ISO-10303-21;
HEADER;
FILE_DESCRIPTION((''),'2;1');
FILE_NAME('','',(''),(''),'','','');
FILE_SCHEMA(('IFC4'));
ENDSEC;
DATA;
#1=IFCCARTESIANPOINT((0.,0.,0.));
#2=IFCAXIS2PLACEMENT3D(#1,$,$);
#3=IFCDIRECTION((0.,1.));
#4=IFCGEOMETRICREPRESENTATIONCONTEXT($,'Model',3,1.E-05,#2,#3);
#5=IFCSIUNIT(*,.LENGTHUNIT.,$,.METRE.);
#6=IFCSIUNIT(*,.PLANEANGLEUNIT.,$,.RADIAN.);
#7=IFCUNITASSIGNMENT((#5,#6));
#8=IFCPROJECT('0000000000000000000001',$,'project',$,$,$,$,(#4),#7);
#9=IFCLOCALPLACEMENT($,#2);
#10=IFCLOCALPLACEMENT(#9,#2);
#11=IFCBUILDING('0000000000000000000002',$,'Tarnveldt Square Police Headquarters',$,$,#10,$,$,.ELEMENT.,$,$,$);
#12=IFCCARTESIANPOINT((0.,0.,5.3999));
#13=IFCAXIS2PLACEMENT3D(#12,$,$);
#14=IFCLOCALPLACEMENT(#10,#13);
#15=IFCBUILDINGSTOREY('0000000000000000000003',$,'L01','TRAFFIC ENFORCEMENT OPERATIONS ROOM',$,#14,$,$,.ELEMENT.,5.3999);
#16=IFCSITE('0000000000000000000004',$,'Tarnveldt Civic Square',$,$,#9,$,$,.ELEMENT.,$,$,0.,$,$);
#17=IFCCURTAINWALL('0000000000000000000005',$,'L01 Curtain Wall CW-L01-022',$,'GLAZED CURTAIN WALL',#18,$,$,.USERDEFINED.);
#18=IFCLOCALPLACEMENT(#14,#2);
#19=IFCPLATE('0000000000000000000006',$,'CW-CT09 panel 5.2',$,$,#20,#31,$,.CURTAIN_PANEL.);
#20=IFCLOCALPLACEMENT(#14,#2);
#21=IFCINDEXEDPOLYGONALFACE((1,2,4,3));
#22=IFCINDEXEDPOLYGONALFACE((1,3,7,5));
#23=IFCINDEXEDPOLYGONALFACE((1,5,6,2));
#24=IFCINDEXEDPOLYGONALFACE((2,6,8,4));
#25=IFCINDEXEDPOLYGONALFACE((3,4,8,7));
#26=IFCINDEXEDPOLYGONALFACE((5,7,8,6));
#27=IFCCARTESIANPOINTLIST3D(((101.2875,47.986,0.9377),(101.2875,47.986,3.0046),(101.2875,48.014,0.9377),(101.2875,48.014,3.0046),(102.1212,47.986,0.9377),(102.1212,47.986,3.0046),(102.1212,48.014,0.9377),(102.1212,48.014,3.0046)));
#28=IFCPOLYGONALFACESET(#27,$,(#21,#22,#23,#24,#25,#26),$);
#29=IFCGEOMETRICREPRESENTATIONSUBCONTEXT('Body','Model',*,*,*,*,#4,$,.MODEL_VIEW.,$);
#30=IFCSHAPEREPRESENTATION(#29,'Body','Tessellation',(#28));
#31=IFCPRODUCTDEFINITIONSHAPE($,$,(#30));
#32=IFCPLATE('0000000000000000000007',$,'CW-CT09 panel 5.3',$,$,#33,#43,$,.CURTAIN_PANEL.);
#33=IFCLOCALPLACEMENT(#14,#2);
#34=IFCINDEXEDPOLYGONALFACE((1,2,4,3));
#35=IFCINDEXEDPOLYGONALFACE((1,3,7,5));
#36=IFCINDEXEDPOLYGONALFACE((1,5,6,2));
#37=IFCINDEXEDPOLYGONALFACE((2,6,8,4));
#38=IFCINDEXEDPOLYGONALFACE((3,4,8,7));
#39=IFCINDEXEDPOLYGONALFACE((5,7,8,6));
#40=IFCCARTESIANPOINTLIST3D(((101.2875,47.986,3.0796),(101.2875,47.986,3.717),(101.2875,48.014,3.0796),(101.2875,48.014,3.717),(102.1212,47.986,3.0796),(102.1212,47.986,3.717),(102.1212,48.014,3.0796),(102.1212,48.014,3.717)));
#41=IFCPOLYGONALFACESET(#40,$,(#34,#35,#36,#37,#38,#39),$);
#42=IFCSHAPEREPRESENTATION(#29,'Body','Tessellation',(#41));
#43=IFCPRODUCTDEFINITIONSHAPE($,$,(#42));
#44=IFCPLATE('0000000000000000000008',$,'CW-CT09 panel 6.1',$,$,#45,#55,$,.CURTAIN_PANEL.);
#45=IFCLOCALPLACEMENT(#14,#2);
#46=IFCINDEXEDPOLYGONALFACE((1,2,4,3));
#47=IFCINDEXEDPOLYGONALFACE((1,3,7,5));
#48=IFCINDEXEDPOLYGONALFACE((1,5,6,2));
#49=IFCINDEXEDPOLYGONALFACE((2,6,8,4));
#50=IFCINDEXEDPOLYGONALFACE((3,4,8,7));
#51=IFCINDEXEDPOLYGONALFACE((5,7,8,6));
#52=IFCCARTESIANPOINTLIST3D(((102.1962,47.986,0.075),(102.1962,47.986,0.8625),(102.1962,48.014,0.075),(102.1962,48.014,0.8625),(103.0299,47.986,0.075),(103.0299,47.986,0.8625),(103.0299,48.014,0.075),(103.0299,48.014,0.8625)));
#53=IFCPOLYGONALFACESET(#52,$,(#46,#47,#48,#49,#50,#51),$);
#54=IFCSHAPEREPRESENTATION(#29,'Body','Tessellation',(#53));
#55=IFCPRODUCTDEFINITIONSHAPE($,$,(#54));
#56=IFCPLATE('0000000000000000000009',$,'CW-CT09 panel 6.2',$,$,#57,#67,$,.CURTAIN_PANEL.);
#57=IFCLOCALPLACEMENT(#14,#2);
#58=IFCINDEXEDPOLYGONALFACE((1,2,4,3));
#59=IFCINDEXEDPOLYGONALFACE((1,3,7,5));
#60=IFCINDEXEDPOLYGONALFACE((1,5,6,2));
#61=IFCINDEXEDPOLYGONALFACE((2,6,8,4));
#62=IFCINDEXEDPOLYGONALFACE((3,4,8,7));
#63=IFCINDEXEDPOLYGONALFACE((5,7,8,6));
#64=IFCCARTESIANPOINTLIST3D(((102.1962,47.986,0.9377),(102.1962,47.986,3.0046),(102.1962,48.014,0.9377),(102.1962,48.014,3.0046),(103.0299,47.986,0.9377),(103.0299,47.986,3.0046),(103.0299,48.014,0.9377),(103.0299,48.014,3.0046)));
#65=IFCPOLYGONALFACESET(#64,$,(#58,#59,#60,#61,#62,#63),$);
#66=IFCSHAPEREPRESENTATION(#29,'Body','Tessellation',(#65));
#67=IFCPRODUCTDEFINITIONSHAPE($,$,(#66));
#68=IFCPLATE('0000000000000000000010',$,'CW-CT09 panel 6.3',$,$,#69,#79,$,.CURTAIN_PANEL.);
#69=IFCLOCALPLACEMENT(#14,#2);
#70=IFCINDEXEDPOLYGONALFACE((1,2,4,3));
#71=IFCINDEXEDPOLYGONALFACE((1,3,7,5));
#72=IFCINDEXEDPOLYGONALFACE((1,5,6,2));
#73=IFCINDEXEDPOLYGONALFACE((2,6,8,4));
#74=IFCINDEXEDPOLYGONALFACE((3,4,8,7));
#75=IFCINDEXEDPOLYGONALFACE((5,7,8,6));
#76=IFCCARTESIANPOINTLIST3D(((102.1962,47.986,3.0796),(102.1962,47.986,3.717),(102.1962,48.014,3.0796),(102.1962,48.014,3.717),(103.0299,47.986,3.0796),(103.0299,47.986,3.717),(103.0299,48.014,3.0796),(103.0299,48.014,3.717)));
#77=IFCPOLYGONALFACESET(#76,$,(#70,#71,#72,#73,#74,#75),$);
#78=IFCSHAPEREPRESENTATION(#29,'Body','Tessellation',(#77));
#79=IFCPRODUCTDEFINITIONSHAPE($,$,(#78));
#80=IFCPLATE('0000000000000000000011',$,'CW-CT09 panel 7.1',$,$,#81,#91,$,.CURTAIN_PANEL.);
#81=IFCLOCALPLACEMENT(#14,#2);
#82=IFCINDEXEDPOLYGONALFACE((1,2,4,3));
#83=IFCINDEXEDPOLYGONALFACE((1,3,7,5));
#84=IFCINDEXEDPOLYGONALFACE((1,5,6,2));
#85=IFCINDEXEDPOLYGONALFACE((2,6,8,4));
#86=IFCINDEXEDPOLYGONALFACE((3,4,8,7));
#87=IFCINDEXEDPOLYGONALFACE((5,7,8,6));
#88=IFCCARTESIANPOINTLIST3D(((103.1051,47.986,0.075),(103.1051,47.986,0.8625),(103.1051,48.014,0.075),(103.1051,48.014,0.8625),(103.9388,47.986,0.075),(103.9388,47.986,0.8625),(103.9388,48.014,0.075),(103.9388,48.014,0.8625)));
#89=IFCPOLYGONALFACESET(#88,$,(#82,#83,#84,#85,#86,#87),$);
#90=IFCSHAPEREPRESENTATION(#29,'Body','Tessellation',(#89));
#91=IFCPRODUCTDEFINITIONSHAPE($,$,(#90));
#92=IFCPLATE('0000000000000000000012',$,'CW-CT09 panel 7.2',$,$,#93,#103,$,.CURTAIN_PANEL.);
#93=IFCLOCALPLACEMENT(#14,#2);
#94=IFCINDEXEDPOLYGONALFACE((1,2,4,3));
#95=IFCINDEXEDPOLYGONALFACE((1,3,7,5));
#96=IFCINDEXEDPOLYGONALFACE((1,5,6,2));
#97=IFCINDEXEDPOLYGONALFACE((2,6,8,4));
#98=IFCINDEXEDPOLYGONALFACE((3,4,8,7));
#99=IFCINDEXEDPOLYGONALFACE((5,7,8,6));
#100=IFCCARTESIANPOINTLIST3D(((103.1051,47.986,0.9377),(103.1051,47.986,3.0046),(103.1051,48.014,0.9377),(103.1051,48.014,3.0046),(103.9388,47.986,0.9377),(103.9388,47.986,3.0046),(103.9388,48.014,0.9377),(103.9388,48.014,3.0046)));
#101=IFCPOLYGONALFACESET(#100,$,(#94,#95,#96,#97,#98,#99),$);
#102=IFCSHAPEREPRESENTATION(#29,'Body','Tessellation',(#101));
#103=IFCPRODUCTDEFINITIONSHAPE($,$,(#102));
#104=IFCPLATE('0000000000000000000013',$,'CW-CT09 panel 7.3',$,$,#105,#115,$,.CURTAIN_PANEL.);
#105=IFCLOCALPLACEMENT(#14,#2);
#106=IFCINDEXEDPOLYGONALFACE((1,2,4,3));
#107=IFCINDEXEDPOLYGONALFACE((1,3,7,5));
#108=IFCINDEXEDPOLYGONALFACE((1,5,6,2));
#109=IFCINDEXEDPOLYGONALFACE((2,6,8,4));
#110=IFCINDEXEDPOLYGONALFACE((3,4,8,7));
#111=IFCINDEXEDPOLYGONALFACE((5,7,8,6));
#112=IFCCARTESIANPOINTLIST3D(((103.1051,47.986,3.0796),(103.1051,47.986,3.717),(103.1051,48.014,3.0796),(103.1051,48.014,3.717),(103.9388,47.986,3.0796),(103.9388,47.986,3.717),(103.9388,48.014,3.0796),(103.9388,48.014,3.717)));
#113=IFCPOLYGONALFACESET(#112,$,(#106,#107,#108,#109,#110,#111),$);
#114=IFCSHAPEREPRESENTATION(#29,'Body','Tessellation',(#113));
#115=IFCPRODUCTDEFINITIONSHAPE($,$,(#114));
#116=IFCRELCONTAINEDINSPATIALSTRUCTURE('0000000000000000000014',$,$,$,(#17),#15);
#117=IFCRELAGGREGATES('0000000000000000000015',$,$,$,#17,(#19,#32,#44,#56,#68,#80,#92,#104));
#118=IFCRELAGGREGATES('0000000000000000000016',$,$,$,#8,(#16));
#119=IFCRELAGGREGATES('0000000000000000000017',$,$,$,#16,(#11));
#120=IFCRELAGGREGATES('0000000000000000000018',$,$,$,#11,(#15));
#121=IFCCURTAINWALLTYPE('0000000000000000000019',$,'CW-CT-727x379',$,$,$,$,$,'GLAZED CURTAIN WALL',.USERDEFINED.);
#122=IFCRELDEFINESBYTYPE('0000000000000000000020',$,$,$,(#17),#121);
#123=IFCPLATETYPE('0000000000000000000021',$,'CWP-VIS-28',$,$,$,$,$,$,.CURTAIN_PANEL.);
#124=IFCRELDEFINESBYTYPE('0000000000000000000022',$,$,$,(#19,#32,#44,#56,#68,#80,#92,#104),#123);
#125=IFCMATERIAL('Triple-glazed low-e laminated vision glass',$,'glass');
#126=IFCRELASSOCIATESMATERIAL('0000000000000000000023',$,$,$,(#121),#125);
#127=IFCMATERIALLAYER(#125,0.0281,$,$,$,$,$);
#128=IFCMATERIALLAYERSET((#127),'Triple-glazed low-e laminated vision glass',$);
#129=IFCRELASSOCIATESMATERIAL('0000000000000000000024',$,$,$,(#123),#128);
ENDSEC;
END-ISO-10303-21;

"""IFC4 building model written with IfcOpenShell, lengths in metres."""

from ifc_helpers import new_model, si_unit, direction, frame, origin, origin_2d, place, context, subcontext, project, spatial, rectangle, extrude, material, layer, layer_set, type_object, element, aggregate, save


model = new_model("IFC4")

# Units and contexts
model_context = context("Model", 3, precision=1e-05, world=origin(), true_north=direction((0.0, 1.0)))
body_context = subcontext(model_context, "Body", "Model", "MODEL_VIEW")
ifc_project = project(units=[si_unit("LENGTHUNIT", "METRE"), si_unit("PLANEANGLEUNIT", "RADIAN")], contexts=[model_context])

# Site, building, storey
site_placement = place(None, origin())
site = spatial("IfcSite", under=ifc_project, at=site_placement, Name="Tarnveldt Civic Square", CompositionType="ELEMENT", RefElevation=0.0)
building_placement = place(site_placement, origin())
building = spatial("IfcBuilding", under=site, at=building_placement, Name="Tarnveldt Square Police Headquarters", CompositionType="ELEMENT")
storey_placement = place(building_placement, frame((0.0, 0.0, 5.3999)))
storey = spatial("IfcBuildingStorey", under=building, at=storey_placement, Name="L01", Description="TRAFFIC ENFORCEMENT OPERATIONS ROOM", CompositionType="ELEMENT", Elevation=5.3999)

# Curtain wall
ifc_material_1 = material(Name="Triple-glazed low-e laminated vision glass", Category="glass")
curtain_wall_type_1 = type_object("IfcCurtainWallType", Name="CW-CT-727x379", ElementType="GLAZED CURTAIN WALL", PredefinedType="USERDEFINED", material=ifc_material_1)
curtain_wall_1_placement = place(storey_placement, origin())
curtain_wall_1 = element("IfcCurtainWall", 1, at=curtain_wall_1_placement, inside=storey, type_object=curtain_wall_type_1, Name="L01 Curtain Wall CW-L01-022", ObjectType="GLAZED CURTAIN WALL", PredefinedType="USERDEFINED")

# Plates
ifc_layer = layer(ifc_material_1, 0.0281)
ifc_layer_set = layer_set([ifc_layer], Name="Triple-glazed low-e laminated vision glass")
plate_type = type_object("IfcPlateType", Name="CWP-VIS-28", PredefinedType="CURTAIN_PANEL", material=ifc_layer_set)
plate_1_placement = place(storey_placement, frame((101.7043, 48.0, 0.9377), z_axis=(0.0, 0.0, 1.0), x_axis=(1.0, 0.0, 0.0)))
plate_1 = element("IfcPlate", 2, at=plate_1_placement, type_object=plate_type, Name="CW-CT09 panel 5.2", PredefinedType="CURTAIN_PANEL", context=body_context, shape_type="SweptSolid", body=[
    extrude(rectangle(XDim=0.8337, YDim=0.0281, at=origin_2d()), origin(), (0.0, 0.0, 1.0), 2.0669),
])
plate_2_placement = place(storey_placement, frame((101.7043, 48.0, 3.0796), z_axis=(0.0, 0.0, 1.0), x_axis=(1.0, 0.0, 0.0)))
plate_2 = element("IfcPlate", 3, at=plate_2_placement, type_object=plate_type, Name="CW-CT09 panel 5.3", PredefinedType="CURTAIN_PANEL", context=body_context, shape_type="SweptSolid", body=[
    extrude(rectangle(XDim=0.8337, YDim=0.0281, at=origin_2d()), origin(), (0.0, 0.0, 1.0), 0.6375),
])
plate_3_placement = place(storey_placement, frame((102.613, 48.0, 0.075), z_axis=(0.0, 0.0, 1.0), x_axis=(1.0, 0.0, 0.0)))
plate_3 = element("IfcPlate", 4, at=plate_3_placement, type_object=plate_type, Name="CW-CT09 panel 6.1", PredefinedType="CURTAIN_PANEL", context=body_context, shape_type="SweptSolid", body=[
    extrude(rectangle(XDim=0.8337, YDim=0.0281, at=origin_2d()), origin(), (0.0, 0.0, 1.0), 0.7876),
])
plate_4_placement = place(storey_placement, frame((102.613, 48.0, 0.9377), z_axis=(0.0, 0.0, 1.0), x_axis=(1.0, 0.0, 0.0)))
plate_4 = element("IfcPlate", 5, at=plate_4_placement, type_object=plate_type, Name="CW-CT09 panel 6.2", PredefinedType="CURTAIN_PANEL", context=body_context, shape_type="SweptSolid", body=[
    extrude(rectangle(XDim=0.8337, YDim=0.0281, at=origin_2d()), origin(), (0.0, 0.0, 1.0), 2.0669),
])
plate_5_placement = place(storey_placement, frame((102.613, 48.0, 3.0796), z_axis=(0.0, 0.0, 1.0), x_axis=(1.0, 0.0, 0.0)))
plate_5 = element("IfcPlate", 6, at=plate_5_placement, type_object=plate_type, Name="CW-CT09 panel 6.3", PredefinedType="CURTAIN_PANEL", context=body_context, shape_type="SweptSolid", body=[
    extrude(rectangle(XDim=0.8337, YDim=0.0281, at=origin_2d()), origin(), (0.0, 0.0, 1.0), 0.6375),
])
plate_6_placement = place(storey_placement, frame((103.522, 48.0, 0.075), z_axis=(0.0, 0.0, 1.0), x_axis=(1.0, 0.0, 0.0)))
plate_6 = element("IfcPlate", 7, at=plate_6_placement, type_object=plate_type, Name="CW-CT09 panel 7.1", PredefinedType="CURTAIN_PANEL", context=body_context, shape_type="SweptSolid", body=[
    extrude(rectangle(XDim=0.8337, YDim=0.0281, at=origin_2d()), origin(), (0.0, 0.0, 1.0), 0.7876),
])
plate_7_placement = place(storey_placement, frame((103.522, 48.0, 0.9377), z_axis=(0.0, 0.0, 1.0), x_axis=(1.0, 0.0, 0.0)))
plate_7 = element("IfcPlate", 8, at=plate_7_placement, type_object=plate_type, Name="CW-CT09 panel 7.2", PredefinedType="CURTAIN_PANEL", context=body_context, shape_type="SweptSolid", body=[
    extrude(rectangle(XDim=0.8337, YDim=0.0281, at=origin_2d()), origin(), (0.0, 0.0, 1.0), 2.0669),
])
plate_8_placement = place(storey_placement, frame((103.522, 48.0, 3.0796), z_axis=(0.0, 0.0, 1.0), x_axis=(1.0, 0.0, 0.0)))
plate_8 = element("IfcPlate", 9, at=plate_8_placement, type_object=plate_type, Name="CW-CT09 panel 7.3", PredefinedType="CURTAIN_PANEL", context=body_context, shape_type="SweptSolid", body=[
    extrude(rectangle(XDim=0.8337, YDim=0.0281, at=origin_2d()), origin(), (0.0, 0.0, 1.0), 0.6375),
])
aggregate(curtain_wall_1, [plate_1, plate_2, plate_3, plate_4, plate_5, plate_6, plate_7, plate_8])

save(model, "model.ifc")
